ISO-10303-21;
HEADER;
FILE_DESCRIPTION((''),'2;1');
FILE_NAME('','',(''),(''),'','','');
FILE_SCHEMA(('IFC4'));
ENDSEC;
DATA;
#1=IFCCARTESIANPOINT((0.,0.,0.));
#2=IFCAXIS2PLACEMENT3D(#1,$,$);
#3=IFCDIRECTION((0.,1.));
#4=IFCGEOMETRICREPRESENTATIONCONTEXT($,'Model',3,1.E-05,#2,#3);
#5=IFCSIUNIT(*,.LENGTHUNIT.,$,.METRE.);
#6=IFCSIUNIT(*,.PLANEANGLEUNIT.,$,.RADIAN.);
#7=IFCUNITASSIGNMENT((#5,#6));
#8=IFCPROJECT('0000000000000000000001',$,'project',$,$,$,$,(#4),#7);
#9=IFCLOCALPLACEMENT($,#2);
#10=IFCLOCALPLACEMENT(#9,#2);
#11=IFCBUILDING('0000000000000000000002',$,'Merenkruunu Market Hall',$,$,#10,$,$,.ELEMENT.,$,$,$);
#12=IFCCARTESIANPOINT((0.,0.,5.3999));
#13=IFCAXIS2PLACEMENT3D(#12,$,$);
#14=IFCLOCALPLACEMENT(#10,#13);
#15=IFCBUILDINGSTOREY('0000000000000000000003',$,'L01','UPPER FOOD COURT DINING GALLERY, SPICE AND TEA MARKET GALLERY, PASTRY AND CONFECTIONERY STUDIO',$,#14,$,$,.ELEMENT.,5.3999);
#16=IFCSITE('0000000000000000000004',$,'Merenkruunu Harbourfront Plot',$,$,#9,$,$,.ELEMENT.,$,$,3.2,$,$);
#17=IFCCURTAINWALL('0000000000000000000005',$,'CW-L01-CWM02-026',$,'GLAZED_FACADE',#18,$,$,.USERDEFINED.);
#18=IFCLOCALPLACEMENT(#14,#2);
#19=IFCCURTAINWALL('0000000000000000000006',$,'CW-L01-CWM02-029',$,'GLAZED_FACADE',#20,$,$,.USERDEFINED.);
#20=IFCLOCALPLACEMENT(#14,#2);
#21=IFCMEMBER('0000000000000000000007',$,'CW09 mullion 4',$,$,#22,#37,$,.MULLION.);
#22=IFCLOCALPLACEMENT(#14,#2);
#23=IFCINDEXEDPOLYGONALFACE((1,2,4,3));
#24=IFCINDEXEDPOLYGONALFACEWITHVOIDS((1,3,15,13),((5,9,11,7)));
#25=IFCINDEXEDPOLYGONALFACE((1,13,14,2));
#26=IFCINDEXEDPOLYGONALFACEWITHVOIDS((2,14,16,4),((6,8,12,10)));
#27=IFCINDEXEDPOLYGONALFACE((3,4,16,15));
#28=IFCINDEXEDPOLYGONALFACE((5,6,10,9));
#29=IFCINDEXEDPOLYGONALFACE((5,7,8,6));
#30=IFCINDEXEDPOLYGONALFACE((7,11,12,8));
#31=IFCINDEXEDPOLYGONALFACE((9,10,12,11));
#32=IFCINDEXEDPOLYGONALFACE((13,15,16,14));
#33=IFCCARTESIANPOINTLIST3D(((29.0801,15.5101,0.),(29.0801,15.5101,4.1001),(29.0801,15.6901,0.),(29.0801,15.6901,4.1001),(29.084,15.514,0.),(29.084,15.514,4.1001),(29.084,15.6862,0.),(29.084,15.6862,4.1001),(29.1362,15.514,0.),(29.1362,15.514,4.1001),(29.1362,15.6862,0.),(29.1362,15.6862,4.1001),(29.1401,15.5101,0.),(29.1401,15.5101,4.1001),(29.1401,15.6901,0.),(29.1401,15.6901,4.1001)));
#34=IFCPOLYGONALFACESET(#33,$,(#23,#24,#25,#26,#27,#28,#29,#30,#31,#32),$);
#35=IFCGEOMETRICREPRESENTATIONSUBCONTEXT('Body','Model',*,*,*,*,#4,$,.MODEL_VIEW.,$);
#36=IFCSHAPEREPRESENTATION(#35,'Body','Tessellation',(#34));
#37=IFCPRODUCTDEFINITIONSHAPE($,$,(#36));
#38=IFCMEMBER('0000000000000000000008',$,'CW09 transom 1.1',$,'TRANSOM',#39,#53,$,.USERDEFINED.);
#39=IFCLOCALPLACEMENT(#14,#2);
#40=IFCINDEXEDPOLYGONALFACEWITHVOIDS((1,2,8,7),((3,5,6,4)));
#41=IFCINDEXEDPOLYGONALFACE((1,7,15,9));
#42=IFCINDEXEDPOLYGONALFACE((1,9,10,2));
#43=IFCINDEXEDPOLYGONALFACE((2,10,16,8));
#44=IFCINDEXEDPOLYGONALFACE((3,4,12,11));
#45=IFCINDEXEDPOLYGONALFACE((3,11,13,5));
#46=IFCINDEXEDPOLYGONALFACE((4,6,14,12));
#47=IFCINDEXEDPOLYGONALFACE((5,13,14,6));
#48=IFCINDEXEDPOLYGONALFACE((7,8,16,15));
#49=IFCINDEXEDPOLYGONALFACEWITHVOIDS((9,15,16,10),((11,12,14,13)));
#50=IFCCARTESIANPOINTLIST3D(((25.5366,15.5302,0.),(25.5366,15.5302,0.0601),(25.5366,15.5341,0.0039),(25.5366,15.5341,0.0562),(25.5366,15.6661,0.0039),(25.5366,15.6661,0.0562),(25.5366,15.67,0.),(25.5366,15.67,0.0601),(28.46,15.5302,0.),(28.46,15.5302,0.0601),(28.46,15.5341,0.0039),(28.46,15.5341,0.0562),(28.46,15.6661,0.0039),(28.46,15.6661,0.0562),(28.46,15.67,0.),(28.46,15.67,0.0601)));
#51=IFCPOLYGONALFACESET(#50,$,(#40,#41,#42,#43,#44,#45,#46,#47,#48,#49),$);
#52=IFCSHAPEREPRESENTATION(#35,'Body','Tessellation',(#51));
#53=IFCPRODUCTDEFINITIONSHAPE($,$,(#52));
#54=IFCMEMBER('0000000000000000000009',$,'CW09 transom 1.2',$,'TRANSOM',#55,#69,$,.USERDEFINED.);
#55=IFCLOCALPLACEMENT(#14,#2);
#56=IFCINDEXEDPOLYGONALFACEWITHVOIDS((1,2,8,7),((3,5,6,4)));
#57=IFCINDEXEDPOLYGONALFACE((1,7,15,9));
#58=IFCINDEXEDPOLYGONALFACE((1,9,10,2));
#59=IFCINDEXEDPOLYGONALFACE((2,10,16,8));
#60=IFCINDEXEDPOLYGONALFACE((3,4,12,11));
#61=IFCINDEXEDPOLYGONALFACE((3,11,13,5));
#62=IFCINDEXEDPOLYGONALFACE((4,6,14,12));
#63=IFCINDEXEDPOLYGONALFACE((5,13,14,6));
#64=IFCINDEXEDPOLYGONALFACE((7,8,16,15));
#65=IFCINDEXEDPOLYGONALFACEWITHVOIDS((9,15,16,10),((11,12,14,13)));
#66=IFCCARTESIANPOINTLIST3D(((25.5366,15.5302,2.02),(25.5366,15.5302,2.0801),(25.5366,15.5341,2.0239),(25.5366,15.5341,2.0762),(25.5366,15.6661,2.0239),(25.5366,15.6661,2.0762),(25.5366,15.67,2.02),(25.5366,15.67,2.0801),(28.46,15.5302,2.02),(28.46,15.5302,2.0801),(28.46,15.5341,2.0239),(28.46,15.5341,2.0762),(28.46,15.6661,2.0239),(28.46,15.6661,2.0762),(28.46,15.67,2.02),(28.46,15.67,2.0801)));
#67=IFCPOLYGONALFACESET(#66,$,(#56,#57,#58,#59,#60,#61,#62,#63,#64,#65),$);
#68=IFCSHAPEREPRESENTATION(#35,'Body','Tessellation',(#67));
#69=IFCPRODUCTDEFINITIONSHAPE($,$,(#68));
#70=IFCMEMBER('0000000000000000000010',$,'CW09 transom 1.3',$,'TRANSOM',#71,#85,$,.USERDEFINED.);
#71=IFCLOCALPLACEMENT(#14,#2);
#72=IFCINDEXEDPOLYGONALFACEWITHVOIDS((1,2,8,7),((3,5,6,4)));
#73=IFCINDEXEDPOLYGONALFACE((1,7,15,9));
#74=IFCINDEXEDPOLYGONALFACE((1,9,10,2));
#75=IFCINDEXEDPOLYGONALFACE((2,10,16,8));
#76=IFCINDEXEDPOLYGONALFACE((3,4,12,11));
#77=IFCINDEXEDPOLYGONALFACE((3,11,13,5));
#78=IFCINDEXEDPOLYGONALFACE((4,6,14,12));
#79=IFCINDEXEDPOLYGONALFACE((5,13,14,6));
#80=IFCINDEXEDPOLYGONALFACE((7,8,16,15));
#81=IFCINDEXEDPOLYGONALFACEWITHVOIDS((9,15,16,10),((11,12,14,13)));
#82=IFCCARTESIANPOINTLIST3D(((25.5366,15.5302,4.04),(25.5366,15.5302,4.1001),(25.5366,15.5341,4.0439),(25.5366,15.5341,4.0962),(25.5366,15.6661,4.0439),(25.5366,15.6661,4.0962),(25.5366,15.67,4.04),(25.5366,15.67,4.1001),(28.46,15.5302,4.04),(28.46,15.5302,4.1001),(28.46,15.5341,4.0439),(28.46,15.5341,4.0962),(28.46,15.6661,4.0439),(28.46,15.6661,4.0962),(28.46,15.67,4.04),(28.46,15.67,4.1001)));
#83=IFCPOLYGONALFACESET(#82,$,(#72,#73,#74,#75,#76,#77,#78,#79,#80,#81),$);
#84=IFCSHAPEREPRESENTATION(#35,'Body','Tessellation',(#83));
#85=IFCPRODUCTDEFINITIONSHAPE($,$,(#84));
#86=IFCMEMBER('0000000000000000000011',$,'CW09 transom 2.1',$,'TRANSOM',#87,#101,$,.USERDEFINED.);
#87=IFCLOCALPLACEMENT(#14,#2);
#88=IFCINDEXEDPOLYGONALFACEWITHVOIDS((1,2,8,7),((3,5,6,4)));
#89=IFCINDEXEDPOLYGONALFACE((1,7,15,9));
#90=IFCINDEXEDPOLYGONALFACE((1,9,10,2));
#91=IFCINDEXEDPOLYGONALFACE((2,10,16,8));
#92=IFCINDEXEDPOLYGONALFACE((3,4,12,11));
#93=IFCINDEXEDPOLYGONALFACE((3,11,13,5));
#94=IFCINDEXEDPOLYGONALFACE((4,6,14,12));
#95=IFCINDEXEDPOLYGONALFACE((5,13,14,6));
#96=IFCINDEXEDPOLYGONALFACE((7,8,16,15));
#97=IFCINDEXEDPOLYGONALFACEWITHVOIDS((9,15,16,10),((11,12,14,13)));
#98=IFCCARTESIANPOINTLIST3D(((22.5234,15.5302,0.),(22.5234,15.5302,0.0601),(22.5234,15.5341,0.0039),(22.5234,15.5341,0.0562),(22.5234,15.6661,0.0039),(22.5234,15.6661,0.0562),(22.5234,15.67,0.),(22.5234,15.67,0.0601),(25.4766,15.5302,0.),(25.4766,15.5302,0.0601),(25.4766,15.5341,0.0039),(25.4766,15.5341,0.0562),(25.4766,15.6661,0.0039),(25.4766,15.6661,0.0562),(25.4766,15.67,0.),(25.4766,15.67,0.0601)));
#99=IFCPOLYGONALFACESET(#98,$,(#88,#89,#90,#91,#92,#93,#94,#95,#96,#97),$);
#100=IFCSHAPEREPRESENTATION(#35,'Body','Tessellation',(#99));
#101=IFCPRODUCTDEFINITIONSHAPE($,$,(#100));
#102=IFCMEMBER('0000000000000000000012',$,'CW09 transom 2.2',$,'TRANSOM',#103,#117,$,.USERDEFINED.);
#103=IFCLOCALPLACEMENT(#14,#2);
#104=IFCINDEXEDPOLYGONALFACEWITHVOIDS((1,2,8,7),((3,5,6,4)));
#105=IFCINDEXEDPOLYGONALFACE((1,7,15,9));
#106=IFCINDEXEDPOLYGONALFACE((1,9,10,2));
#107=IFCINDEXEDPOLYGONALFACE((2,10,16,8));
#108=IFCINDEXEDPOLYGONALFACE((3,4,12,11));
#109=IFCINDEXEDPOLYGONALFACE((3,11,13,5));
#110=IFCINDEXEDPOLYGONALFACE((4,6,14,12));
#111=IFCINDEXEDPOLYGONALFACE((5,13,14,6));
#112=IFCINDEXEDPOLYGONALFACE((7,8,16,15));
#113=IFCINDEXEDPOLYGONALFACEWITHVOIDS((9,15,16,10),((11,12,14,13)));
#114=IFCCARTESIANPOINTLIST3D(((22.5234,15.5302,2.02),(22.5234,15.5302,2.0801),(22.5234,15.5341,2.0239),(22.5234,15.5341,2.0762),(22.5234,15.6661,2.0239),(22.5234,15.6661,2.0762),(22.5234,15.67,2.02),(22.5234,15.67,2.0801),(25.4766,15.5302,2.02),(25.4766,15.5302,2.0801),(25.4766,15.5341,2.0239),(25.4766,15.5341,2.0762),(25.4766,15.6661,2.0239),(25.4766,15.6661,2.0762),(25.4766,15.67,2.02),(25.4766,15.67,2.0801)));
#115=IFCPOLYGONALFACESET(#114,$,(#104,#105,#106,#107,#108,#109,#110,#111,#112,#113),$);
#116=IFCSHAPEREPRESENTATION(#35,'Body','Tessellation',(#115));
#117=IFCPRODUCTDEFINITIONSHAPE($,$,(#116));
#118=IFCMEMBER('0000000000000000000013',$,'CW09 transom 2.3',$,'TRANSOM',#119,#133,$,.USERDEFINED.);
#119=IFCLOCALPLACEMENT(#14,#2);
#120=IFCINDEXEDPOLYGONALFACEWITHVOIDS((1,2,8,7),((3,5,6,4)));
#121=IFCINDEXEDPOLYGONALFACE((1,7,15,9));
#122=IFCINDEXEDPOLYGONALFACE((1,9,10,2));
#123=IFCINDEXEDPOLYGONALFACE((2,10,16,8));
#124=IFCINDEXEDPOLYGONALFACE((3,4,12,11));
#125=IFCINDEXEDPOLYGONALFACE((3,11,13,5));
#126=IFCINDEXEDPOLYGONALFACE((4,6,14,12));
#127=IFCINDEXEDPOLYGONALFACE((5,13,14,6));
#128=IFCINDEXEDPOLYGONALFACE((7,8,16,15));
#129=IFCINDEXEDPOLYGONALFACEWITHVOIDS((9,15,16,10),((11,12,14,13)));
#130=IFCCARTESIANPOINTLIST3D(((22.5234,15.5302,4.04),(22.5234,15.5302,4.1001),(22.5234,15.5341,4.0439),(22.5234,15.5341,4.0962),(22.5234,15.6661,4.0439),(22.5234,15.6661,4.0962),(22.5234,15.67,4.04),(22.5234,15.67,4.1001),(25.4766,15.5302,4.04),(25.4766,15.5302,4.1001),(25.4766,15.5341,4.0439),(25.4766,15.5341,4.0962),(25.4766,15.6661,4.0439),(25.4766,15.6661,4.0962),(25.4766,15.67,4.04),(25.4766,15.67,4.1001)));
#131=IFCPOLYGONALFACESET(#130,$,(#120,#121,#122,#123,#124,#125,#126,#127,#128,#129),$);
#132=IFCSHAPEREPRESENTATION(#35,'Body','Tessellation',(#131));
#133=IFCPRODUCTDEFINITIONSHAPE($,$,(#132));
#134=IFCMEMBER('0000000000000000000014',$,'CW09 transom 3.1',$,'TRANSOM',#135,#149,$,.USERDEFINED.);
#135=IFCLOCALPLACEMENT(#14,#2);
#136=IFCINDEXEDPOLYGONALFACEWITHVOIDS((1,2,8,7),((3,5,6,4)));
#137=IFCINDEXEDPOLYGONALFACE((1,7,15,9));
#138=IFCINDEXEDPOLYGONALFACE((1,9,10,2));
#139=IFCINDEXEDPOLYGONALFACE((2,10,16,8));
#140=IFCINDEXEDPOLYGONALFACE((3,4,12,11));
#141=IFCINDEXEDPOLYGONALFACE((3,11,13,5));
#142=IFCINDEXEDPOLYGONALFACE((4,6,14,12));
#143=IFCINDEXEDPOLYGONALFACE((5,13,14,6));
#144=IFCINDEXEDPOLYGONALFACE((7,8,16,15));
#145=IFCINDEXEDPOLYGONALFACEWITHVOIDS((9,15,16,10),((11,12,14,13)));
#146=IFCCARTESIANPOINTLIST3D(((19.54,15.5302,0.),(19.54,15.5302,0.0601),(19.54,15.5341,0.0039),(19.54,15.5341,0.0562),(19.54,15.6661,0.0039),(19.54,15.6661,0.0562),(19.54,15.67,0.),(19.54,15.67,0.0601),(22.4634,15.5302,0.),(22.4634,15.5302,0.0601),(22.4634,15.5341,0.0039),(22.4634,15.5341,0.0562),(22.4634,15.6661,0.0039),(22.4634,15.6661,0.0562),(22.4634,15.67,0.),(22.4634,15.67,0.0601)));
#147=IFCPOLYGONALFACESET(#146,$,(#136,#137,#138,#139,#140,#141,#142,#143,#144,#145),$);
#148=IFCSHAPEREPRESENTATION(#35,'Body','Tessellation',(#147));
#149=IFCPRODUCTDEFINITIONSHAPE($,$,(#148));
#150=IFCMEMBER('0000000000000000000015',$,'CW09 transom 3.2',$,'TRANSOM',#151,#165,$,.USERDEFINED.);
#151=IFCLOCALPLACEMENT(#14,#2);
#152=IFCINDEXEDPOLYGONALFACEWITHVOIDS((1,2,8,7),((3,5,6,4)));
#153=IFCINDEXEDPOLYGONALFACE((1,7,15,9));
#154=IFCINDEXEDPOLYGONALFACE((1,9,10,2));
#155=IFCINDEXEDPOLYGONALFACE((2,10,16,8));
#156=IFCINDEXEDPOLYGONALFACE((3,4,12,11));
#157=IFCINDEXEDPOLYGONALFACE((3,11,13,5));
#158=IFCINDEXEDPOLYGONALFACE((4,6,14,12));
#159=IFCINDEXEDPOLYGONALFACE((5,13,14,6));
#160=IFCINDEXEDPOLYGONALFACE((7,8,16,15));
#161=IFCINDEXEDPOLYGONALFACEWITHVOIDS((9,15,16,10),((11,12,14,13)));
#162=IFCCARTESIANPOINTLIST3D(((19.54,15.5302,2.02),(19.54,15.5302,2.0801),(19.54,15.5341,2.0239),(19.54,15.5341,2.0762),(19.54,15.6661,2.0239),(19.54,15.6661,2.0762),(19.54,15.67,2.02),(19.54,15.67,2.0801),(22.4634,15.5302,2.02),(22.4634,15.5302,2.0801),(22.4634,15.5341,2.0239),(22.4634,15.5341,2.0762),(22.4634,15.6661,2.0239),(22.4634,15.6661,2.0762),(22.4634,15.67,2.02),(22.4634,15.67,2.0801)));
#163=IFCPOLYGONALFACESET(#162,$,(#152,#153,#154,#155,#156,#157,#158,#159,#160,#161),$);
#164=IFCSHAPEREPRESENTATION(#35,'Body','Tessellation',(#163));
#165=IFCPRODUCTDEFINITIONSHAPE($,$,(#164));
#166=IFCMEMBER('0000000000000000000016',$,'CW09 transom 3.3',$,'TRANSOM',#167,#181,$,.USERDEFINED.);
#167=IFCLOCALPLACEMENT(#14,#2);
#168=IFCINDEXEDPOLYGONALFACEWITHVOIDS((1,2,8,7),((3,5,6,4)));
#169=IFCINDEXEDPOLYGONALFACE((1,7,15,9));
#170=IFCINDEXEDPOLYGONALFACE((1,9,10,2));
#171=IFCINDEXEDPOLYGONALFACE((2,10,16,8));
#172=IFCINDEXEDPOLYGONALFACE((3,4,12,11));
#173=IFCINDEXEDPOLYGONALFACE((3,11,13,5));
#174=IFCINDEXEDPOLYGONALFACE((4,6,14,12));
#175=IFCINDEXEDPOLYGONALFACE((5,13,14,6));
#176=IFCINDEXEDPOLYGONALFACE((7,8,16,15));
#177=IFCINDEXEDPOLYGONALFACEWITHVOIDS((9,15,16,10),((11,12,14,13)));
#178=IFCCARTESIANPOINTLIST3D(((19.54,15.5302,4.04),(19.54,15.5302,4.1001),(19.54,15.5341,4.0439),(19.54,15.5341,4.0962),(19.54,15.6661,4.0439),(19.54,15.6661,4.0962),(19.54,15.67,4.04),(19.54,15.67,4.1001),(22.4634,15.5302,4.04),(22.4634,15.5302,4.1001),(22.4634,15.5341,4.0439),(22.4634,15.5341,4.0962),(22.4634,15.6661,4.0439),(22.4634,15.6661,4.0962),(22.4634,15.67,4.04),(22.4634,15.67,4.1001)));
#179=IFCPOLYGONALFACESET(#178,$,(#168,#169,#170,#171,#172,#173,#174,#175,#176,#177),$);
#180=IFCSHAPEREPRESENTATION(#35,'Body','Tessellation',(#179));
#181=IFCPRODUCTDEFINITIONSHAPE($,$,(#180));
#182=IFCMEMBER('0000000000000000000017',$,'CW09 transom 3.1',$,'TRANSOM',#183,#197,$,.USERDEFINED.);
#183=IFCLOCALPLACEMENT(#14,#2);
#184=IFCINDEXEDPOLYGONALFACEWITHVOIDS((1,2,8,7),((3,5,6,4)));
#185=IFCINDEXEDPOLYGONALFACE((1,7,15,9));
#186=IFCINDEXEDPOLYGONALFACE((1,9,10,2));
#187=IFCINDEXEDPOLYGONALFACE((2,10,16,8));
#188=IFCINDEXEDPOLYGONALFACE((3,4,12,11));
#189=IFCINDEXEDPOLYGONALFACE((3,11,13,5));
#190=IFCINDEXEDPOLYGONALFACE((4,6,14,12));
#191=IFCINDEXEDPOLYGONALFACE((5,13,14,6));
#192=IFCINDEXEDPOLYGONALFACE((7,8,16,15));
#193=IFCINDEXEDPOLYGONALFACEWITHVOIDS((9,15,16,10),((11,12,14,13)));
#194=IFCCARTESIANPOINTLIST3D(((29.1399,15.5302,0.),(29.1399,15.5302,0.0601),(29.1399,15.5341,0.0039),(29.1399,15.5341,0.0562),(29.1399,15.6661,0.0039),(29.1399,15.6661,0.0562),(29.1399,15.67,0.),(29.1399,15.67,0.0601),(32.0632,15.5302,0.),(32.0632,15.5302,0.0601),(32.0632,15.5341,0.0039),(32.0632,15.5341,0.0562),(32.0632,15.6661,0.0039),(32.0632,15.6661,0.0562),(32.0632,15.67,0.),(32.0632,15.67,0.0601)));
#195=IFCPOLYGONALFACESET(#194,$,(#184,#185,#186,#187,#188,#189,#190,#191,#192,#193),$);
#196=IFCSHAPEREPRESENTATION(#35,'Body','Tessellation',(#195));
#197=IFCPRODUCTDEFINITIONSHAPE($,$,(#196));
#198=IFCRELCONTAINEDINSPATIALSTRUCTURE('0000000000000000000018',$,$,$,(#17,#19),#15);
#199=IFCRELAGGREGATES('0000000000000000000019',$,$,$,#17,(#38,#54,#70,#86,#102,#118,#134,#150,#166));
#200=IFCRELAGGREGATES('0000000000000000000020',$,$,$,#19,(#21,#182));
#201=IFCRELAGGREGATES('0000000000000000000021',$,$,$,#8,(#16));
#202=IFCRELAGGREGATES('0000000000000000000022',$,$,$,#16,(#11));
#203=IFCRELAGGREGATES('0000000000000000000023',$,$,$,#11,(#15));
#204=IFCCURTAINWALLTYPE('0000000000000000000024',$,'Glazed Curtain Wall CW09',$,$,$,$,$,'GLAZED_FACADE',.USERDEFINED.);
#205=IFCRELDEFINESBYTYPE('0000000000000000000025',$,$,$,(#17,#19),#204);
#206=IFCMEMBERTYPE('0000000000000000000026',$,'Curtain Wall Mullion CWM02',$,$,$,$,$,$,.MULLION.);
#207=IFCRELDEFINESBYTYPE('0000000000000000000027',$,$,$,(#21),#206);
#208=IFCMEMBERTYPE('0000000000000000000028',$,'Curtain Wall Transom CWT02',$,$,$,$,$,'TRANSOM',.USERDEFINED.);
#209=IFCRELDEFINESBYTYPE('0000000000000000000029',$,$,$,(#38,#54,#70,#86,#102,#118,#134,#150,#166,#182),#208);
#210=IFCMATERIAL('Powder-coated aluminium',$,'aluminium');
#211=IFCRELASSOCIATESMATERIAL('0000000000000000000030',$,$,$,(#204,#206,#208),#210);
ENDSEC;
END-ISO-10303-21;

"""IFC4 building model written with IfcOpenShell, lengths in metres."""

from ifc_helpers import new_model, si_unit, direction, frame, origin, origin_2d, place, context, subcontext, project, spatial, hollow_rectangle, extrude, material, material_profile, profile_set, type_object, element, aggregate, save


model = new_model("IFC4")

# Units and contexts
model_context = context("Model", 3, precision=1e-05, world=origin(), true_north=direction((0.0, 1.0)))
body_context = subcontext(model_context, "Body", "Model", "MODEL_VIEW")
ifc_project = project(units=[si_unit("LENGTHUNIT", "METRE"), si_unit("PLANEANGLEUNIT", "RADIAN")], contexts=[model_context])

# Site, building, storey
site_placement = place(None, origin())
site = spatial("IfcSite", under=ifc_project, at=site_placement, Name="Merenkruunu Harbourfront Plot", CompositionType="ELEMENT", RefElevation=3.2)
building_placement = place(site_placement, origin())
building = spatial("IfcBuilding", under=site, at=building_placement, Name="Merenkruunu Market Hall", CompositionType="ELEMENT")
storey_placement = place(building_placement, frame((0.0, 0.0, 5.3999)))
storey = spatial("IfcBuildingStorey", under=building, at=storey_placement, Name="L01", Description="UPPER FOOD COURT DINING GALLERY, SPICE AND TEA MARKET GALLERY, PASTRY AND CONFECTIONERY STUDIO", CompositionType="ELEMENT", Elevation=5.3999)

# Shared definitions
ifc_material_1 = material(Name="Powder-coated aluminium", Category="aluminium")
curtain_wall_type = type_object("IfcCurtainWallType", Name="Glazed Curtain Wall CW09", ElementType="GLAZED_FACADE", PredefinedType="USERDEFINED", material=ifc_material_1)
ifc_material_profile_1 = material_profile(ifc_material_1, hollow_rectangle(XDim=0.0601, YDim=0.1799, WallThickness=0.0039, at=origin_2d()), Name="ALU 60x180x4")
ifc_profile_set_1 = profile_set([ifc_material_profile_1], Name="Powder-coated aluminium")
member_type_1 = type_object("IfcMemberType", Name="Curtain Wall Mullion CWM02", PredefinedType="MULLION", material=ifc_profile_set_1)

# Curtain walls, member
curtain_wall_1_placement = place(storey_placement, origin())
curtain_wall_1 = element("IfcCurtainWall", 1, at=curtain_wall_1_placement, inside=storey, type_object=curtain_wall_type, Name="CW-L01-CWM02-026", ObjectType="GLAZED_FACADE", PredefinedType="USERDEFINED")
curtain_wall_2_placement = place(storey_placement, origin())
curtain_wall_2 = element("IfcCurtainWall", 2, at=curtain_wall_2_placement, inside=storey, type_object=curtain_wall_type, Name="CW-L01-CWM02-029", ObjectType="GLAZED_FACADE", PredefinedType="USERDEFINED")
member_1_placement = place(storey_placement, frame((29.1101, 15.6001, 0.0), z_axis=(0.0, 0.0, 1.0), x_axis=(-1.0, 0.0, 0.0)))
member_1 = element("IfcMember", 3, at=member_1_placement, type_object=member_type_1, Name="CW09 mullion 4", PredefinedType="MULLION", context=body_context, shape_type="SweptSolid", body=[
    extrude(hollow_rectangle(XDim=0.0601, YDim=0.1799, WallThickness=0.0039, at=origin_2d()), origin(), (0.0, 0.0, 1.0), 4.1001),
])

# Members
ifc_material_profile_2 = material_profile(ifc_material_1, hollow_rectangle(XDim=0.0601, YDim=0.1399, WallThickness=0.0039, at=origin_2d()), Name="ALU 60x140x4")
ifc_profile_set_2 = profile_set([ifc_material_profile_2], Name="Powder-coated aluminium")
member_type_2 = type_object("IfcMemberType", Name="Curtain Wall Transom CWT02", ElementType="TRANSOM", PredefinedType="USERDEFINED", material=ifc_profile_set_2)
member_2_placement = place(storey_placement, frame((28.46, 15.6001, 0.03), z_axis=(-1.0, 0.0, 0.0), x_axis=(0.0, 0.0, 1.0)))
member_2 = element("IfcMember", 4, at=member_2_placement, type_object=member_type_2, Name="CW09 transom 1.1", ObjectType="TRANSOM", PredefinedType="USERDEFINED", context=body_context, shape_type="SweptSolid", body=[
    extrude(hollow_rectangle(XDim=0.0601, YDim=0.1399, WallThickness=0.0039, at=origin_2d()), origin(), (0.0, 0.0, 1.0), 2.9233),
])
member_3_placement = place(storey_placement, frame((28.46, 15.6001, 2.05), z_axis=(-1.0, 0.0, 0.0), x_axis=(0.0, 0.0, 1.0)))
member_3 = element("IfcMember", 5, at=member_3_placement, type_object=member_type_2, Name="CW09 transom 1.2", ObjectType="TRANSOM", PredefinedType="USERDEFINED", context=body_context, shape_type="SweptSolid", body=[
    extrude(hollow_rectangle(XDim=0.0601, YDim=0.1399, WallThickness=0.0039, at=origin_2d()), origin(), (0.0, 0.0, 1.0), 2.9233),
])
member_4_placement = place(storey_placement, frame((28.46, 15.6001, 4.0701), z_axis=(-1.0, 0.0, 0.0), x_axis=(0.0, 0.0, 1.0)))
member_4 = element("IfcMember", 6, at=member_4_placement, type_object=member_type_2, Name="CW09 transom 1.3", ObjectType="TRANSOM", PredefinedType="USERDEFINED", context=body_context, shape_type="SweptSolid", body=[
    extrude(hollow_rectangle(XDim=0.0601, YDim=0.1399, WallThickness=0.0039, at=origin_2d()), origin(), (0.0, 0.0, 1.0), 2.9233),
])
member_5_placement = place(storey_placement, frame((25.4766, 15.6001, 0.03), z_axis=(-1.0, 0.0, 0.0), x_axis=(0.0, 0.0, 1.0)))
member_5 = element("IfcMember", 7, at=member_5_placement, type_object=member_type_2, Name="CW09 transom 2.1", ObjectType="TRANSOM", PredefinedType="USERDEFINED", context=body_context, shape_type="SweptSolid", body=[
    extrude(hollow_rectangle(XDim=0.0601, YDim=0.1399, WallThickness=0.0039, at=origin_2d()), origin(), (0.0, 0.0, 1.0), 2.9531),
])
member_6_placement = place(storey_placement, frame((25.4766, 15.6001, 2.05), z_axis=(-1.0, 0.0, 0.0), x_axis=(0.0, 0.0, 1.0)))
member_6 = element("IfcMember", 8, at=member_6_placement, type_object=member_type_2, Name="CW09 transom 2.2", ObjectType="TRANSOM", PredefinedType="USERDEFINED", context=body_context, shape_type="SweptSolid", body=[
    extrude(hollow_rectangle(XDim=0.0601, YDim=0.1399, WallThickness=0.0039, at=origin_2d()), origin(), (0.0, 0.0, 1.0), 2.9531),
])
member_7_placement = place(storey_placement, frame((25.4766, 15.6001, 4.0701), z_axis=(-1.0, 0.0, 0.0), x_axis=(0.0, 0.0, 1.0)))
member_7 = element("IfcMember", 9, at=member_7_placement, type_object=member_type_2, Name="CW09 transom 2.3", ObjectType="TRANSOM", PredefinedType="USERDEFINED", context=body_context, shape_type="SweptSolid", body=[
    extrude(hollow_rectangle(XDim=0.0601, YDim=0.1399, WallThickness=0.0039, at=origin_2d()), origin(), (0.0, 0.0, 1.0), 2.9531),
])
member_8_placement = place(storey_placement, frame((22.4634, 15.6001, 0.03), z_axis=(-1.0, 0.0, 0.0), x_axis=(0.0, 0.0, 1.0)))
member_8 = element("IfcMember", 10, at=member_8_placement, type_object=member_type_2, Name="CW09 transom 3.1", ObjectType="TRANSOM", PredefinedType="USERDEFINED", context=body_context, shape_type="SweptSolid", body=[
    extrude(hollow_rectangle(XDim=0.0601, YDim=0.1399, WallThickness=0.0039, at=origin_2d()), origin(), (0.0, 0.0, 1.0), 2.9233),
])
member_9_placement = place(storey_placement, frame((22.4634, 15.6001, 2.05), z_axis=(-1.0, 0.0, 0.0), x_axis=(0.0, 0.0, 1.0)))
member_9 = element("IfcMember", 11, at=member_9_placement, type_object=member_type_2, Name="CW09 transom 3.2", ObjectType="TRANSOM", PredefinedType="USERDEFINED", context=body_context, shape_type="SweptSolid", body=[
    extrude(hollow_rectangle(XDim=0.0601, YDim=0.1399, WallThickness=0.0039, at=origin_2d()), origin(), (0.0, 0.0, 1.0), 2.9233),
])
member_10_placement = place(storey_placement, frame((22.4634, 15.6001, 4.0701), z_axis=(-1.0, 0.0, 0.0), x_axis=(0.0, 0.0, 1.0)))
member_10 = element("IfcMember", 12, at=member_10_placement, type_object=member_type_2, Name="CW09 transom 3.3", ObjectType="TRANSOM", PredefinedType="USERDEFINED", context=body_context, shape_type="SweptSolid", body=[
    extrude(hollow_rectangle(XDim=0.0601, YDim=0.1399, WallThickness=0.0039, at=origin_2d()), origin(), (0.0, 0.0, 1.0), 2.9233),
])
member_11_placement = place(storey_placement, frame((32.0632, 15.6001, 0.03), z_axis=(-1.0, 0.0, 0.0), x_axis=(0.0, 0.0, 1.0)))
member_11 = element("IfcMember", 13, at=member_11_placement, type_object=member_type_2, Name="CW09 transom 3.1", ObjectType="TRANSOM", PredefinedType="USERDEFINED", context=body_context, shape_type="SweptSolid", body=[
    extrude(hollow_rectangle(XDim=0.0601, YDim=0.1399, WallThickness=0.0039, at=origin_2d()), origin(), (0.0, 0.0, 1.0), 2.9233),
])

aggregate(curtain_wall_1, [member_2, member_3, member_4, member_5, member_6, member_7, member_8, member_9, member_10])
aggregate(curtain_wall_2, [member_1, member_11])

save(model, "model.ifc")
